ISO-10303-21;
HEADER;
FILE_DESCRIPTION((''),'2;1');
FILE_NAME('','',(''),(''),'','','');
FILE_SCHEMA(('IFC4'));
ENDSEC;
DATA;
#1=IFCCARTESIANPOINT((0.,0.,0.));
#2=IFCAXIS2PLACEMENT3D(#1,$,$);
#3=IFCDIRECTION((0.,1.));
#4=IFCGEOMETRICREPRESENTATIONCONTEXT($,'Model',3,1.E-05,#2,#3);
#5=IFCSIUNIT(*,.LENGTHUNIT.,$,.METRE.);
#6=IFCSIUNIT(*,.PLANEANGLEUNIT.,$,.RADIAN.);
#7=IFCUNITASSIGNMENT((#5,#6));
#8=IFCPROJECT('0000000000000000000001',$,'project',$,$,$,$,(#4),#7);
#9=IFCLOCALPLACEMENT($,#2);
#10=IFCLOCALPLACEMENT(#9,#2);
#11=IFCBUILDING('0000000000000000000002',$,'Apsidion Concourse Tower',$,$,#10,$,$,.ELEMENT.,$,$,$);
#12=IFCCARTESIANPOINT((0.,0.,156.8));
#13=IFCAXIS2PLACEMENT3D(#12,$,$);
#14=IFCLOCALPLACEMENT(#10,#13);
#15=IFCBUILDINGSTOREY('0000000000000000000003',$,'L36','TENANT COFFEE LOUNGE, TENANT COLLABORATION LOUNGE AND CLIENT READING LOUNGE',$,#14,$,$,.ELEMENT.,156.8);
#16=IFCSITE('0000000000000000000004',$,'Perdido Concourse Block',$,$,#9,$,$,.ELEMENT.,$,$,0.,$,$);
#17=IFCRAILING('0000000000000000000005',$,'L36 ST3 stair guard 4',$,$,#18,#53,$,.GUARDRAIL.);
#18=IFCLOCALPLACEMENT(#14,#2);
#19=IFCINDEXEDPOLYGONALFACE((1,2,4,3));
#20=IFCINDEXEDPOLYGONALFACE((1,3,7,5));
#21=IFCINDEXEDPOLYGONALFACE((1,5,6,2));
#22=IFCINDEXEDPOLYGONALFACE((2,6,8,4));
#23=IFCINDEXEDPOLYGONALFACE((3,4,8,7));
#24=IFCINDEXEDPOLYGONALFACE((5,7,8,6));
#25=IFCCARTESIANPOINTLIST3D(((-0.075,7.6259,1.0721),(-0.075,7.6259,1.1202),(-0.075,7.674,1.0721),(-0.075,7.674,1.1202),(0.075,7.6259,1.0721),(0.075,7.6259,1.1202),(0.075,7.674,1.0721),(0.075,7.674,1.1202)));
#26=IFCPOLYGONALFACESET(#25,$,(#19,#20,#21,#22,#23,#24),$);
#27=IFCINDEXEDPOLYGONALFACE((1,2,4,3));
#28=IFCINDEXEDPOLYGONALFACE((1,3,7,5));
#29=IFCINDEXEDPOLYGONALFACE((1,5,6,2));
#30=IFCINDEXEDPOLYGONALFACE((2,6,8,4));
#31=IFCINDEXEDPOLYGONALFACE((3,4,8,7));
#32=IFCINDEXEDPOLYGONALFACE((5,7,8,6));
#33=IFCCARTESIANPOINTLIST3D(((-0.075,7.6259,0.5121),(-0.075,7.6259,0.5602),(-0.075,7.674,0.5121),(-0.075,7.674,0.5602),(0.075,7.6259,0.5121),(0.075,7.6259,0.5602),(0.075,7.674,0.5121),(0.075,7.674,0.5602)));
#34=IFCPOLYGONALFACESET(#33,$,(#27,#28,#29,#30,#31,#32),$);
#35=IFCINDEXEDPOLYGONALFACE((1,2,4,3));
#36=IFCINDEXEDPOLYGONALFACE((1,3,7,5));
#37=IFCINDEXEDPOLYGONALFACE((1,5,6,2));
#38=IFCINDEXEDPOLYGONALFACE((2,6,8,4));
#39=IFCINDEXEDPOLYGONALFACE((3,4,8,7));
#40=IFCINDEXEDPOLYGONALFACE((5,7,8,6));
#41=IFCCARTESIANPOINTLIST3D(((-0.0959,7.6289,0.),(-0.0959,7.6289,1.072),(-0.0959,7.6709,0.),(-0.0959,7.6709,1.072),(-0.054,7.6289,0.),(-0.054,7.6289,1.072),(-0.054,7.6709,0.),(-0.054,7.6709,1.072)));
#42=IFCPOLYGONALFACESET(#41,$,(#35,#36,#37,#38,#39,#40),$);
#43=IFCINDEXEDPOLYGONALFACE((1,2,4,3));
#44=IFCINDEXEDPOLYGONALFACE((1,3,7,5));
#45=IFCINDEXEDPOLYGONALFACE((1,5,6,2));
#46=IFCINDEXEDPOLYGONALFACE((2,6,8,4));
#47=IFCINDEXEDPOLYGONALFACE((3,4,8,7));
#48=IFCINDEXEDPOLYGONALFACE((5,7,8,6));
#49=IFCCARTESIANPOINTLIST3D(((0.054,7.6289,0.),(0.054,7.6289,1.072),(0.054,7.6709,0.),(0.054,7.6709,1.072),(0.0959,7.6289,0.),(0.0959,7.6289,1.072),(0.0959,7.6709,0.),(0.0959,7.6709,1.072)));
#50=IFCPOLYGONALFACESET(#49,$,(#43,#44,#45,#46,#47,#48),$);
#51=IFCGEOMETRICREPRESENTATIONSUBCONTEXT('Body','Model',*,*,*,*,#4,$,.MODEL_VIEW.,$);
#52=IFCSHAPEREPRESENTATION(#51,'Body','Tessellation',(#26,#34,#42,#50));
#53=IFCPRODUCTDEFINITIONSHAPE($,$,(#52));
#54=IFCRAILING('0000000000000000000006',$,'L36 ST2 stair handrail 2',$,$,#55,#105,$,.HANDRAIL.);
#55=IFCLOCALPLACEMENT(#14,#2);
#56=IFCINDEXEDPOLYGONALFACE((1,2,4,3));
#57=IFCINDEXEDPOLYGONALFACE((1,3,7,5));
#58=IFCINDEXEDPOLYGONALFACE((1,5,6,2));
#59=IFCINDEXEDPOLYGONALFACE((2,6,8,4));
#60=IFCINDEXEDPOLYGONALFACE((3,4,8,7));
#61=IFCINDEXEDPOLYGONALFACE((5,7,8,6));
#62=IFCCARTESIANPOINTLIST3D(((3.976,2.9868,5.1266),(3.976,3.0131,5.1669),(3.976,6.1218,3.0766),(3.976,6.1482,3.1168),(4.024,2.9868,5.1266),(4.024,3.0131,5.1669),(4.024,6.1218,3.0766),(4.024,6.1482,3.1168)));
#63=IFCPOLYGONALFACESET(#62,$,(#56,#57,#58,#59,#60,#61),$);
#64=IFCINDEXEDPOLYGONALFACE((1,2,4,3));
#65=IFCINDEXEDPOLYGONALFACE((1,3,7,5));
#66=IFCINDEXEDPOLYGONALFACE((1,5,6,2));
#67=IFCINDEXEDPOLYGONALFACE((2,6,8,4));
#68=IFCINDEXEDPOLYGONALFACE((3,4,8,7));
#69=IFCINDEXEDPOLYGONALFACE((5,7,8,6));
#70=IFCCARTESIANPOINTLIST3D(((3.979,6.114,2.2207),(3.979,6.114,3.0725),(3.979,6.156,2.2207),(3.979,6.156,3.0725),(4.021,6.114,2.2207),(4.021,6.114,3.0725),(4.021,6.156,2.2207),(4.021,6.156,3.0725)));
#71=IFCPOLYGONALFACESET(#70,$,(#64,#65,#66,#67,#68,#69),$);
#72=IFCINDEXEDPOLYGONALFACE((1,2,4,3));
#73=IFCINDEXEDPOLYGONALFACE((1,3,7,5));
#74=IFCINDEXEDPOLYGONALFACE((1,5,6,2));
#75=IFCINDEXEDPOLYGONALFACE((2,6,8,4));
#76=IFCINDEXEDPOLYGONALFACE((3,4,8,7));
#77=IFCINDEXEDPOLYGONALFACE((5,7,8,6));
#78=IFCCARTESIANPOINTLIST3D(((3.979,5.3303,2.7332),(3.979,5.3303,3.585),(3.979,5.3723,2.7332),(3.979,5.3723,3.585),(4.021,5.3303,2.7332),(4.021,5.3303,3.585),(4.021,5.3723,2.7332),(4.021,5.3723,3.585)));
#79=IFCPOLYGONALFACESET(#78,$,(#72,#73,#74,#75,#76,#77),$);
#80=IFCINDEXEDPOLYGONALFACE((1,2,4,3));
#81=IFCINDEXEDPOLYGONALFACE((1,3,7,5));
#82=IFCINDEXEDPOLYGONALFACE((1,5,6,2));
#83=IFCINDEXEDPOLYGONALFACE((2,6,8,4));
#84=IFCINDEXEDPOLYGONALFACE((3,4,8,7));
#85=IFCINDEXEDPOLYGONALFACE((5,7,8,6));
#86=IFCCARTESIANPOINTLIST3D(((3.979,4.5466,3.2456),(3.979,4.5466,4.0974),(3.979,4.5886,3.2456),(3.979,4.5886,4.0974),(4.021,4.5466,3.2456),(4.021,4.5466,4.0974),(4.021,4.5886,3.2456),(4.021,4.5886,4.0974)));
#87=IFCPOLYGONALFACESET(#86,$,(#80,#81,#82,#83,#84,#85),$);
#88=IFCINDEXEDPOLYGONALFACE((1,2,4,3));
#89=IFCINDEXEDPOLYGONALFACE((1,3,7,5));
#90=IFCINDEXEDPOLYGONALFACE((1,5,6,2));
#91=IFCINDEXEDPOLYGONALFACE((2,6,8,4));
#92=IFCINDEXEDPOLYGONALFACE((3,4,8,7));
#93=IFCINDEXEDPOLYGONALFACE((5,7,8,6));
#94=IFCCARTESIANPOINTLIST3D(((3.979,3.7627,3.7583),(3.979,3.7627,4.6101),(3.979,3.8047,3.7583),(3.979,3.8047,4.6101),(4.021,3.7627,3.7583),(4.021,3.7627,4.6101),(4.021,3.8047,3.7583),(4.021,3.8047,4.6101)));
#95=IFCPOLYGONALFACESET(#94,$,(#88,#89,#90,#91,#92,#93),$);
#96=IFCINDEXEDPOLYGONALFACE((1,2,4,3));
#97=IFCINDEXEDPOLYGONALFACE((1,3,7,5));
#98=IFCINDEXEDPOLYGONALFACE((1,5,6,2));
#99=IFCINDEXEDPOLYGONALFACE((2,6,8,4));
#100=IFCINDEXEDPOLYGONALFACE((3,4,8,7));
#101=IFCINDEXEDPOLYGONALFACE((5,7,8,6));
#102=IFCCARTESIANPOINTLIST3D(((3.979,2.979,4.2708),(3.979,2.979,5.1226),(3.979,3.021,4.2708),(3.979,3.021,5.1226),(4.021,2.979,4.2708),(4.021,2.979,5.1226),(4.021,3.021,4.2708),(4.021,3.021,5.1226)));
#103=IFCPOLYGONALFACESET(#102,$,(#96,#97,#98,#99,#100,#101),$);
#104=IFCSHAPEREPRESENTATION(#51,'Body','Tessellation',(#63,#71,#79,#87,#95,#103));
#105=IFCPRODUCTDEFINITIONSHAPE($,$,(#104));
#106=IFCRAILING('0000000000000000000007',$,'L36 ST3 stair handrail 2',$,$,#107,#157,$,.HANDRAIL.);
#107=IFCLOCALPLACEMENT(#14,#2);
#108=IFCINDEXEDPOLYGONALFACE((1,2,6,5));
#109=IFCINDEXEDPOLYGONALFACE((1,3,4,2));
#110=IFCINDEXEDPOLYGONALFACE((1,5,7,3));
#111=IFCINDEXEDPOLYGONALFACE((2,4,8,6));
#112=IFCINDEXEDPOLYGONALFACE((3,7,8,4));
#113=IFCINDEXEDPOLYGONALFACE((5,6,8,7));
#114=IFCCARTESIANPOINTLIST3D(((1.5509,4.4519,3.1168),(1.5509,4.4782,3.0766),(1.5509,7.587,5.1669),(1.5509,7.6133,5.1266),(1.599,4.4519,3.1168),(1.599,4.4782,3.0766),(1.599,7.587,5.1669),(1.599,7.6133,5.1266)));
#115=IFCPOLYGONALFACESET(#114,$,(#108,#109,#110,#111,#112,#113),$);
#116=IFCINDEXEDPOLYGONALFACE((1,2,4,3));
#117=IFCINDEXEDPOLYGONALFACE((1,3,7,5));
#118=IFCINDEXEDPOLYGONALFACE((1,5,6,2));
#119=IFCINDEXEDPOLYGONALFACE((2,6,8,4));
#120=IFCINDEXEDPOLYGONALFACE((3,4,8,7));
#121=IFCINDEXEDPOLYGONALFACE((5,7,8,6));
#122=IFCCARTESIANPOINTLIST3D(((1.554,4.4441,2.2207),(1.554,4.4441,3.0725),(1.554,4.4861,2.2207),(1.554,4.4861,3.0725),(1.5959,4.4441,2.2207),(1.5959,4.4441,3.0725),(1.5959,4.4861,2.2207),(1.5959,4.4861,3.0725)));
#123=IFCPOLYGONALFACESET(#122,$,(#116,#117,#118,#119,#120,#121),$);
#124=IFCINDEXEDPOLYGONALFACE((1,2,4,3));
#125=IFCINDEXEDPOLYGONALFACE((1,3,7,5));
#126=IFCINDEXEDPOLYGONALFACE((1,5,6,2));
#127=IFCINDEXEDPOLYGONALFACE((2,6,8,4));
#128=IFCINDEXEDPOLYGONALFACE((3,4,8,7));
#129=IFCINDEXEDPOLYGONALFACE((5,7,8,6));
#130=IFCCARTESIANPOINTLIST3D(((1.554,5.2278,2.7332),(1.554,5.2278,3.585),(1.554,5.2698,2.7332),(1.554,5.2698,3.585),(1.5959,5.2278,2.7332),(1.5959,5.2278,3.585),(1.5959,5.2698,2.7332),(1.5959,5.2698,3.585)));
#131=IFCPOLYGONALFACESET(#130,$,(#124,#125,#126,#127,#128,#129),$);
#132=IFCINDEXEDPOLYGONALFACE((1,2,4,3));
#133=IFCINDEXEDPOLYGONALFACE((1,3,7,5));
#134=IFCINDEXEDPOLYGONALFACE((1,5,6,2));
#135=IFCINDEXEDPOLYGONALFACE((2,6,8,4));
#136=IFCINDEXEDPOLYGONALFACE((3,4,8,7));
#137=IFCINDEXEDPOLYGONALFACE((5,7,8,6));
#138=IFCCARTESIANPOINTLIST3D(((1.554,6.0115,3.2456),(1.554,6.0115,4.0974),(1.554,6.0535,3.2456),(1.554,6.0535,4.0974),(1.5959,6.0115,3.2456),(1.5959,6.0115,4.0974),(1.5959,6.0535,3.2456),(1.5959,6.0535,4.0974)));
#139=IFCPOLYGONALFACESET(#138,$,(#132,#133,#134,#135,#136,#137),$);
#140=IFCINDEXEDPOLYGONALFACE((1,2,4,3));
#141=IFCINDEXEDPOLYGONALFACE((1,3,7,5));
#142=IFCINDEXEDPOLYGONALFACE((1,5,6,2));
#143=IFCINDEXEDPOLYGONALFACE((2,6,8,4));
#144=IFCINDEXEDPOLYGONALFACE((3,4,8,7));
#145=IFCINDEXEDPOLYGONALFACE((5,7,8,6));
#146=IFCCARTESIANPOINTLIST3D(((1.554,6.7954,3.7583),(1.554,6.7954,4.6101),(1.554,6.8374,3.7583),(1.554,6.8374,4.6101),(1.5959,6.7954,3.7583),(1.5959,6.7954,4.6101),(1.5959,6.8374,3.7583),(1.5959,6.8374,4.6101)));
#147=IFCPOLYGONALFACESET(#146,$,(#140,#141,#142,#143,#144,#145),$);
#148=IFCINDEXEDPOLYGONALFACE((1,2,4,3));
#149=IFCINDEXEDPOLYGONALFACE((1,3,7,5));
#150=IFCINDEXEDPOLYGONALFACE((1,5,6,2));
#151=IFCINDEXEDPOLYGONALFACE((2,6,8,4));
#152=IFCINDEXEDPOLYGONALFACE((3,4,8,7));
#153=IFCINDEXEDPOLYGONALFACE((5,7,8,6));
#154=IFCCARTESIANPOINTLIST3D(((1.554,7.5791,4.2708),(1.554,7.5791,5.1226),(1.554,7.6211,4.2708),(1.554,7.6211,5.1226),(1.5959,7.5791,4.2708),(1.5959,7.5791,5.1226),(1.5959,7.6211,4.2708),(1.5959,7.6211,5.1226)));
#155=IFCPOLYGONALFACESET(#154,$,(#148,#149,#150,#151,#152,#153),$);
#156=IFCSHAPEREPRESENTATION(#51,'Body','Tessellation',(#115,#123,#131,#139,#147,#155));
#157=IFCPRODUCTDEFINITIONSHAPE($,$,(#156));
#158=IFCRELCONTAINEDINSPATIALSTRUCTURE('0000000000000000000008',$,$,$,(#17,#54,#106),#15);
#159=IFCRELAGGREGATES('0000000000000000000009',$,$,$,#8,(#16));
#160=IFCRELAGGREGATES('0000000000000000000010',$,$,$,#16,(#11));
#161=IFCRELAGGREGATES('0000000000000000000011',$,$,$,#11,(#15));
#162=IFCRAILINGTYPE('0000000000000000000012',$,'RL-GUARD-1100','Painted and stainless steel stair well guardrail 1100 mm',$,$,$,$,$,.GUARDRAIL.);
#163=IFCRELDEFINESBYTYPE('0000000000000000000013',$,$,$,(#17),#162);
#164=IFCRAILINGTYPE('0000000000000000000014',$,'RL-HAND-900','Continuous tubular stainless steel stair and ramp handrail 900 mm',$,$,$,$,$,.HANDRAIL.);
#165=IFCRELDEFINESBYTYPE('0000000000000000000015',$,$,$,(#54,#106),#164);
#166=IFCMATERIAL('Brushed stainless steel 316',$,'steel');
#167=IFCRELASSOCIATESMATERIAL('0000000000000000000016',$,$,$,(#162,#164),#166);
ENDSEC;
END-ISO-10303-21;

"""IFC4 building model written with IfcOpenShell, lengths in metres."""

from ifc_helpers import new_model, si_unit, direction, frame, origin, origin_2d, place, context, subcontext, project, spatial, rectangle, extrude, material, type_object, element, save


model = new_model("IFC4")

# Units and contexts
model_context = context("Model", 3, precision=1e-05, world=origin(), true_north=direction((0.0, 1.0)))
body_context = subcontext(model_context, "Body", "Model", "MODEL_VIEW")
ifc_project = project(units=[si_unit("LENGTHUNIT", "METRE"), si_unit("PLANEANGLEUNIT", "RADIAN")], contexts=[model_context])

# Site, building, storey
site_placement = place(None, origin())
site = spatial("IfcSite", under=ifc_project, at=site_placement, Name="Perdido Concourse Block", CompositionType="ELEMENT", RefElevation=0.0)
building_placement = place(site_placement, origin())
building = spatial("IfcBuilding", under=site, at=building_placement, Name="Apsidion Concourse Tower", CompositionType="ELEMENT")
storey_placement = place(building_placement, frame((0.0, 0.0, 156.8)))
storey = spatial("IfcBuildingStorey", under=building, at=storey_placement, Name="L36", Description="TENANT COFFEE LOUNGE, TENANT COLLABORATION LOUNGE AND CLIENT READING LOUNGE", CompositionType="ELEMENT", Elevation=156.8)

# Railings
ifc_material_1 = material(Name="Brushed stainless steel 316", Category="steel")
railing_type_1 = type_object("IfcRailingType", Name="RL-GUARD-1100", Description="Painted and stainless steel stair well guardrail 1100 mm", PredefinedType="GUARDRAIL", material=ifc_material_1)
railing_1_placement = place(storey_placement, frame((-0.075, 7.6499, 0.0)))
element("IfcRailing", 1, at=railing_1_placement, inside=storey, type_object=railing_type_1, Name="L36 ST3 stair guard 4", PredefinedType="GUARDRAIL", context=body_context, shape_type="SweptSolid", body=[
    extrude(rectangle(XDim=0.0481, YDim=0.0481, at=origin_2d()), frame((0.0, 0.0, 1.0962), z_axis=(1.0, 0.0, 0.0), x_axis=(0.0, 1.0, 0.0)), (0.0, 0.0, 1.0), 0.1499),
    extrude(rectangle(XDim=0.0481, YDim=0.0481, at=origin_2d()), frame((0.0, 0.0, 0.5361), z_axis=(1.0, 0.0, 0.0), x_axis=(0.0, 1.0, 0.0)), (0.0, 0.0, 1.0), 0.1499),
    extrude(rectangle(XDim=0.042, YDim=0.042, at=origin_2d()), origin(), (0.0, 0.0, 1.0), 1.072),
    extrude(rectangle(XDim=0.042, YDim=0.042, at=origin_2d()), frame((0.1499, 0.0, 0.0)), (0.0, 0.0, 1.0), 1.072),
])
railing_type_2 = type_object("IfcRailingType", Name="RL-HAND-900", Description="Continuous tubular stainless steel stair and ramp handrail 900 mm", PredefinedType="HANDRAIL", material=ifc_material_1)
railing_2_placement = place(storey_placement, frame((4.0, 6.135, 2.2207)))
element("IfcRailing", 2, at=railing_2_placement, inside=storey, type_object=railing_type_2, Name="L36 ST2 stair handrail 2", PredefinedType="HANDRAIL", context=body_context, shape_type="SweptSolid", body=[
    extrude(rectangle(XDim=0.0481, YDim=0.0481, at=origin_2d()), frame((0.0, 0.0, 0.876), z_axis=(0.0, -0.836941, 0.547293), x_axis=(1.0, 0.0, 0.0)), (0.0, 0.0, 1.0), 3.7458),
    extrude(rectangle(XDim=0.042, YDim=0.042, at=origin_2d()), origin(), (0.0, 0.0, 1.0), 0.8518),
    extrude(rectangle(XDim=0.042, YDim=0.042, at=origin_2d()), frame((0.0, -0.7837, 0.5125)), (0.0, 0.0, 1.0), 0.8518),
    extrude(rectangle(XDim=0.042, YDim=0.042, at=origin_2d()), frame((0.0, -1.5674, 1.0249)), (0.0, 0.0, 1.0), 0.8518),
    extrude(rectangle(XDim=0.042, YDim=0.042, at=origin_2d()), frame((0.0, -2.3513, 1.5376)), (0.0, 0.0, 1.0), 0.8518),
    extrude(rectangle(XDim=0.042, YDim=0.042, at=origin_2d()), frame((0.0, -3.135, 2.05)), (0.0, 0.0, 1.0), 0.8518),
])
railing_3_placement = place(storey_placement, frame((1.575, 4.4651, 2.2207)))
element("IfcRailing", 3, at=railing_3_placement, inside=storey, type_object=railing_type_2, Name="L36 ST3 stair handrail 2", PredefinedType="HANDRAIL", context=body_context, shape_type="SweptSolid", body=[
    extrude(rectangle(XDim=0.0481, YDim=0.0481, at=origin_2d()), frame((0.0, 0.0, 0.876), z_axis=(0.0, 0.836941, 0.547293), x_axis=(-1.0, 0.0, 0.0)), (0.0, 0.0, 1.0), 3.7458),
    extrude(rectangle(XDim=0.042, YDim=0.042, at=origin_2d()), origin(), (0.0, 0.0, 1.0), 0.8518),
    extrude(rectangle(XDim=0.042, YDim=0.042, at=origin_2d()), frame((0.0, 0.7837, 0.5125)), (0.0, 0.0, 1.0), 0.8518),
    extrude(rectangle(XDim=0.042, YDim=0.042, at=origin_2d()), frame((0.0, 1.5674, 1.0249)), (0.0, 0.0, 1.0), 0.8518),
    extrude(rectangle(XDim=0.042, YDim=0.042, at=origin_2d()), frame((0.0, 2.3513, 1.5376)), (0.0, 0.0, 1.0), 0.8518),
    extrude(rectangle(XDim=0.042, YDim=0.042, at=origin_2d()), frame((0.0, 3.135, 2.05)), (0.0, 0.0, 1.0), 0.8518),
])

save(model, "model.ifc")
